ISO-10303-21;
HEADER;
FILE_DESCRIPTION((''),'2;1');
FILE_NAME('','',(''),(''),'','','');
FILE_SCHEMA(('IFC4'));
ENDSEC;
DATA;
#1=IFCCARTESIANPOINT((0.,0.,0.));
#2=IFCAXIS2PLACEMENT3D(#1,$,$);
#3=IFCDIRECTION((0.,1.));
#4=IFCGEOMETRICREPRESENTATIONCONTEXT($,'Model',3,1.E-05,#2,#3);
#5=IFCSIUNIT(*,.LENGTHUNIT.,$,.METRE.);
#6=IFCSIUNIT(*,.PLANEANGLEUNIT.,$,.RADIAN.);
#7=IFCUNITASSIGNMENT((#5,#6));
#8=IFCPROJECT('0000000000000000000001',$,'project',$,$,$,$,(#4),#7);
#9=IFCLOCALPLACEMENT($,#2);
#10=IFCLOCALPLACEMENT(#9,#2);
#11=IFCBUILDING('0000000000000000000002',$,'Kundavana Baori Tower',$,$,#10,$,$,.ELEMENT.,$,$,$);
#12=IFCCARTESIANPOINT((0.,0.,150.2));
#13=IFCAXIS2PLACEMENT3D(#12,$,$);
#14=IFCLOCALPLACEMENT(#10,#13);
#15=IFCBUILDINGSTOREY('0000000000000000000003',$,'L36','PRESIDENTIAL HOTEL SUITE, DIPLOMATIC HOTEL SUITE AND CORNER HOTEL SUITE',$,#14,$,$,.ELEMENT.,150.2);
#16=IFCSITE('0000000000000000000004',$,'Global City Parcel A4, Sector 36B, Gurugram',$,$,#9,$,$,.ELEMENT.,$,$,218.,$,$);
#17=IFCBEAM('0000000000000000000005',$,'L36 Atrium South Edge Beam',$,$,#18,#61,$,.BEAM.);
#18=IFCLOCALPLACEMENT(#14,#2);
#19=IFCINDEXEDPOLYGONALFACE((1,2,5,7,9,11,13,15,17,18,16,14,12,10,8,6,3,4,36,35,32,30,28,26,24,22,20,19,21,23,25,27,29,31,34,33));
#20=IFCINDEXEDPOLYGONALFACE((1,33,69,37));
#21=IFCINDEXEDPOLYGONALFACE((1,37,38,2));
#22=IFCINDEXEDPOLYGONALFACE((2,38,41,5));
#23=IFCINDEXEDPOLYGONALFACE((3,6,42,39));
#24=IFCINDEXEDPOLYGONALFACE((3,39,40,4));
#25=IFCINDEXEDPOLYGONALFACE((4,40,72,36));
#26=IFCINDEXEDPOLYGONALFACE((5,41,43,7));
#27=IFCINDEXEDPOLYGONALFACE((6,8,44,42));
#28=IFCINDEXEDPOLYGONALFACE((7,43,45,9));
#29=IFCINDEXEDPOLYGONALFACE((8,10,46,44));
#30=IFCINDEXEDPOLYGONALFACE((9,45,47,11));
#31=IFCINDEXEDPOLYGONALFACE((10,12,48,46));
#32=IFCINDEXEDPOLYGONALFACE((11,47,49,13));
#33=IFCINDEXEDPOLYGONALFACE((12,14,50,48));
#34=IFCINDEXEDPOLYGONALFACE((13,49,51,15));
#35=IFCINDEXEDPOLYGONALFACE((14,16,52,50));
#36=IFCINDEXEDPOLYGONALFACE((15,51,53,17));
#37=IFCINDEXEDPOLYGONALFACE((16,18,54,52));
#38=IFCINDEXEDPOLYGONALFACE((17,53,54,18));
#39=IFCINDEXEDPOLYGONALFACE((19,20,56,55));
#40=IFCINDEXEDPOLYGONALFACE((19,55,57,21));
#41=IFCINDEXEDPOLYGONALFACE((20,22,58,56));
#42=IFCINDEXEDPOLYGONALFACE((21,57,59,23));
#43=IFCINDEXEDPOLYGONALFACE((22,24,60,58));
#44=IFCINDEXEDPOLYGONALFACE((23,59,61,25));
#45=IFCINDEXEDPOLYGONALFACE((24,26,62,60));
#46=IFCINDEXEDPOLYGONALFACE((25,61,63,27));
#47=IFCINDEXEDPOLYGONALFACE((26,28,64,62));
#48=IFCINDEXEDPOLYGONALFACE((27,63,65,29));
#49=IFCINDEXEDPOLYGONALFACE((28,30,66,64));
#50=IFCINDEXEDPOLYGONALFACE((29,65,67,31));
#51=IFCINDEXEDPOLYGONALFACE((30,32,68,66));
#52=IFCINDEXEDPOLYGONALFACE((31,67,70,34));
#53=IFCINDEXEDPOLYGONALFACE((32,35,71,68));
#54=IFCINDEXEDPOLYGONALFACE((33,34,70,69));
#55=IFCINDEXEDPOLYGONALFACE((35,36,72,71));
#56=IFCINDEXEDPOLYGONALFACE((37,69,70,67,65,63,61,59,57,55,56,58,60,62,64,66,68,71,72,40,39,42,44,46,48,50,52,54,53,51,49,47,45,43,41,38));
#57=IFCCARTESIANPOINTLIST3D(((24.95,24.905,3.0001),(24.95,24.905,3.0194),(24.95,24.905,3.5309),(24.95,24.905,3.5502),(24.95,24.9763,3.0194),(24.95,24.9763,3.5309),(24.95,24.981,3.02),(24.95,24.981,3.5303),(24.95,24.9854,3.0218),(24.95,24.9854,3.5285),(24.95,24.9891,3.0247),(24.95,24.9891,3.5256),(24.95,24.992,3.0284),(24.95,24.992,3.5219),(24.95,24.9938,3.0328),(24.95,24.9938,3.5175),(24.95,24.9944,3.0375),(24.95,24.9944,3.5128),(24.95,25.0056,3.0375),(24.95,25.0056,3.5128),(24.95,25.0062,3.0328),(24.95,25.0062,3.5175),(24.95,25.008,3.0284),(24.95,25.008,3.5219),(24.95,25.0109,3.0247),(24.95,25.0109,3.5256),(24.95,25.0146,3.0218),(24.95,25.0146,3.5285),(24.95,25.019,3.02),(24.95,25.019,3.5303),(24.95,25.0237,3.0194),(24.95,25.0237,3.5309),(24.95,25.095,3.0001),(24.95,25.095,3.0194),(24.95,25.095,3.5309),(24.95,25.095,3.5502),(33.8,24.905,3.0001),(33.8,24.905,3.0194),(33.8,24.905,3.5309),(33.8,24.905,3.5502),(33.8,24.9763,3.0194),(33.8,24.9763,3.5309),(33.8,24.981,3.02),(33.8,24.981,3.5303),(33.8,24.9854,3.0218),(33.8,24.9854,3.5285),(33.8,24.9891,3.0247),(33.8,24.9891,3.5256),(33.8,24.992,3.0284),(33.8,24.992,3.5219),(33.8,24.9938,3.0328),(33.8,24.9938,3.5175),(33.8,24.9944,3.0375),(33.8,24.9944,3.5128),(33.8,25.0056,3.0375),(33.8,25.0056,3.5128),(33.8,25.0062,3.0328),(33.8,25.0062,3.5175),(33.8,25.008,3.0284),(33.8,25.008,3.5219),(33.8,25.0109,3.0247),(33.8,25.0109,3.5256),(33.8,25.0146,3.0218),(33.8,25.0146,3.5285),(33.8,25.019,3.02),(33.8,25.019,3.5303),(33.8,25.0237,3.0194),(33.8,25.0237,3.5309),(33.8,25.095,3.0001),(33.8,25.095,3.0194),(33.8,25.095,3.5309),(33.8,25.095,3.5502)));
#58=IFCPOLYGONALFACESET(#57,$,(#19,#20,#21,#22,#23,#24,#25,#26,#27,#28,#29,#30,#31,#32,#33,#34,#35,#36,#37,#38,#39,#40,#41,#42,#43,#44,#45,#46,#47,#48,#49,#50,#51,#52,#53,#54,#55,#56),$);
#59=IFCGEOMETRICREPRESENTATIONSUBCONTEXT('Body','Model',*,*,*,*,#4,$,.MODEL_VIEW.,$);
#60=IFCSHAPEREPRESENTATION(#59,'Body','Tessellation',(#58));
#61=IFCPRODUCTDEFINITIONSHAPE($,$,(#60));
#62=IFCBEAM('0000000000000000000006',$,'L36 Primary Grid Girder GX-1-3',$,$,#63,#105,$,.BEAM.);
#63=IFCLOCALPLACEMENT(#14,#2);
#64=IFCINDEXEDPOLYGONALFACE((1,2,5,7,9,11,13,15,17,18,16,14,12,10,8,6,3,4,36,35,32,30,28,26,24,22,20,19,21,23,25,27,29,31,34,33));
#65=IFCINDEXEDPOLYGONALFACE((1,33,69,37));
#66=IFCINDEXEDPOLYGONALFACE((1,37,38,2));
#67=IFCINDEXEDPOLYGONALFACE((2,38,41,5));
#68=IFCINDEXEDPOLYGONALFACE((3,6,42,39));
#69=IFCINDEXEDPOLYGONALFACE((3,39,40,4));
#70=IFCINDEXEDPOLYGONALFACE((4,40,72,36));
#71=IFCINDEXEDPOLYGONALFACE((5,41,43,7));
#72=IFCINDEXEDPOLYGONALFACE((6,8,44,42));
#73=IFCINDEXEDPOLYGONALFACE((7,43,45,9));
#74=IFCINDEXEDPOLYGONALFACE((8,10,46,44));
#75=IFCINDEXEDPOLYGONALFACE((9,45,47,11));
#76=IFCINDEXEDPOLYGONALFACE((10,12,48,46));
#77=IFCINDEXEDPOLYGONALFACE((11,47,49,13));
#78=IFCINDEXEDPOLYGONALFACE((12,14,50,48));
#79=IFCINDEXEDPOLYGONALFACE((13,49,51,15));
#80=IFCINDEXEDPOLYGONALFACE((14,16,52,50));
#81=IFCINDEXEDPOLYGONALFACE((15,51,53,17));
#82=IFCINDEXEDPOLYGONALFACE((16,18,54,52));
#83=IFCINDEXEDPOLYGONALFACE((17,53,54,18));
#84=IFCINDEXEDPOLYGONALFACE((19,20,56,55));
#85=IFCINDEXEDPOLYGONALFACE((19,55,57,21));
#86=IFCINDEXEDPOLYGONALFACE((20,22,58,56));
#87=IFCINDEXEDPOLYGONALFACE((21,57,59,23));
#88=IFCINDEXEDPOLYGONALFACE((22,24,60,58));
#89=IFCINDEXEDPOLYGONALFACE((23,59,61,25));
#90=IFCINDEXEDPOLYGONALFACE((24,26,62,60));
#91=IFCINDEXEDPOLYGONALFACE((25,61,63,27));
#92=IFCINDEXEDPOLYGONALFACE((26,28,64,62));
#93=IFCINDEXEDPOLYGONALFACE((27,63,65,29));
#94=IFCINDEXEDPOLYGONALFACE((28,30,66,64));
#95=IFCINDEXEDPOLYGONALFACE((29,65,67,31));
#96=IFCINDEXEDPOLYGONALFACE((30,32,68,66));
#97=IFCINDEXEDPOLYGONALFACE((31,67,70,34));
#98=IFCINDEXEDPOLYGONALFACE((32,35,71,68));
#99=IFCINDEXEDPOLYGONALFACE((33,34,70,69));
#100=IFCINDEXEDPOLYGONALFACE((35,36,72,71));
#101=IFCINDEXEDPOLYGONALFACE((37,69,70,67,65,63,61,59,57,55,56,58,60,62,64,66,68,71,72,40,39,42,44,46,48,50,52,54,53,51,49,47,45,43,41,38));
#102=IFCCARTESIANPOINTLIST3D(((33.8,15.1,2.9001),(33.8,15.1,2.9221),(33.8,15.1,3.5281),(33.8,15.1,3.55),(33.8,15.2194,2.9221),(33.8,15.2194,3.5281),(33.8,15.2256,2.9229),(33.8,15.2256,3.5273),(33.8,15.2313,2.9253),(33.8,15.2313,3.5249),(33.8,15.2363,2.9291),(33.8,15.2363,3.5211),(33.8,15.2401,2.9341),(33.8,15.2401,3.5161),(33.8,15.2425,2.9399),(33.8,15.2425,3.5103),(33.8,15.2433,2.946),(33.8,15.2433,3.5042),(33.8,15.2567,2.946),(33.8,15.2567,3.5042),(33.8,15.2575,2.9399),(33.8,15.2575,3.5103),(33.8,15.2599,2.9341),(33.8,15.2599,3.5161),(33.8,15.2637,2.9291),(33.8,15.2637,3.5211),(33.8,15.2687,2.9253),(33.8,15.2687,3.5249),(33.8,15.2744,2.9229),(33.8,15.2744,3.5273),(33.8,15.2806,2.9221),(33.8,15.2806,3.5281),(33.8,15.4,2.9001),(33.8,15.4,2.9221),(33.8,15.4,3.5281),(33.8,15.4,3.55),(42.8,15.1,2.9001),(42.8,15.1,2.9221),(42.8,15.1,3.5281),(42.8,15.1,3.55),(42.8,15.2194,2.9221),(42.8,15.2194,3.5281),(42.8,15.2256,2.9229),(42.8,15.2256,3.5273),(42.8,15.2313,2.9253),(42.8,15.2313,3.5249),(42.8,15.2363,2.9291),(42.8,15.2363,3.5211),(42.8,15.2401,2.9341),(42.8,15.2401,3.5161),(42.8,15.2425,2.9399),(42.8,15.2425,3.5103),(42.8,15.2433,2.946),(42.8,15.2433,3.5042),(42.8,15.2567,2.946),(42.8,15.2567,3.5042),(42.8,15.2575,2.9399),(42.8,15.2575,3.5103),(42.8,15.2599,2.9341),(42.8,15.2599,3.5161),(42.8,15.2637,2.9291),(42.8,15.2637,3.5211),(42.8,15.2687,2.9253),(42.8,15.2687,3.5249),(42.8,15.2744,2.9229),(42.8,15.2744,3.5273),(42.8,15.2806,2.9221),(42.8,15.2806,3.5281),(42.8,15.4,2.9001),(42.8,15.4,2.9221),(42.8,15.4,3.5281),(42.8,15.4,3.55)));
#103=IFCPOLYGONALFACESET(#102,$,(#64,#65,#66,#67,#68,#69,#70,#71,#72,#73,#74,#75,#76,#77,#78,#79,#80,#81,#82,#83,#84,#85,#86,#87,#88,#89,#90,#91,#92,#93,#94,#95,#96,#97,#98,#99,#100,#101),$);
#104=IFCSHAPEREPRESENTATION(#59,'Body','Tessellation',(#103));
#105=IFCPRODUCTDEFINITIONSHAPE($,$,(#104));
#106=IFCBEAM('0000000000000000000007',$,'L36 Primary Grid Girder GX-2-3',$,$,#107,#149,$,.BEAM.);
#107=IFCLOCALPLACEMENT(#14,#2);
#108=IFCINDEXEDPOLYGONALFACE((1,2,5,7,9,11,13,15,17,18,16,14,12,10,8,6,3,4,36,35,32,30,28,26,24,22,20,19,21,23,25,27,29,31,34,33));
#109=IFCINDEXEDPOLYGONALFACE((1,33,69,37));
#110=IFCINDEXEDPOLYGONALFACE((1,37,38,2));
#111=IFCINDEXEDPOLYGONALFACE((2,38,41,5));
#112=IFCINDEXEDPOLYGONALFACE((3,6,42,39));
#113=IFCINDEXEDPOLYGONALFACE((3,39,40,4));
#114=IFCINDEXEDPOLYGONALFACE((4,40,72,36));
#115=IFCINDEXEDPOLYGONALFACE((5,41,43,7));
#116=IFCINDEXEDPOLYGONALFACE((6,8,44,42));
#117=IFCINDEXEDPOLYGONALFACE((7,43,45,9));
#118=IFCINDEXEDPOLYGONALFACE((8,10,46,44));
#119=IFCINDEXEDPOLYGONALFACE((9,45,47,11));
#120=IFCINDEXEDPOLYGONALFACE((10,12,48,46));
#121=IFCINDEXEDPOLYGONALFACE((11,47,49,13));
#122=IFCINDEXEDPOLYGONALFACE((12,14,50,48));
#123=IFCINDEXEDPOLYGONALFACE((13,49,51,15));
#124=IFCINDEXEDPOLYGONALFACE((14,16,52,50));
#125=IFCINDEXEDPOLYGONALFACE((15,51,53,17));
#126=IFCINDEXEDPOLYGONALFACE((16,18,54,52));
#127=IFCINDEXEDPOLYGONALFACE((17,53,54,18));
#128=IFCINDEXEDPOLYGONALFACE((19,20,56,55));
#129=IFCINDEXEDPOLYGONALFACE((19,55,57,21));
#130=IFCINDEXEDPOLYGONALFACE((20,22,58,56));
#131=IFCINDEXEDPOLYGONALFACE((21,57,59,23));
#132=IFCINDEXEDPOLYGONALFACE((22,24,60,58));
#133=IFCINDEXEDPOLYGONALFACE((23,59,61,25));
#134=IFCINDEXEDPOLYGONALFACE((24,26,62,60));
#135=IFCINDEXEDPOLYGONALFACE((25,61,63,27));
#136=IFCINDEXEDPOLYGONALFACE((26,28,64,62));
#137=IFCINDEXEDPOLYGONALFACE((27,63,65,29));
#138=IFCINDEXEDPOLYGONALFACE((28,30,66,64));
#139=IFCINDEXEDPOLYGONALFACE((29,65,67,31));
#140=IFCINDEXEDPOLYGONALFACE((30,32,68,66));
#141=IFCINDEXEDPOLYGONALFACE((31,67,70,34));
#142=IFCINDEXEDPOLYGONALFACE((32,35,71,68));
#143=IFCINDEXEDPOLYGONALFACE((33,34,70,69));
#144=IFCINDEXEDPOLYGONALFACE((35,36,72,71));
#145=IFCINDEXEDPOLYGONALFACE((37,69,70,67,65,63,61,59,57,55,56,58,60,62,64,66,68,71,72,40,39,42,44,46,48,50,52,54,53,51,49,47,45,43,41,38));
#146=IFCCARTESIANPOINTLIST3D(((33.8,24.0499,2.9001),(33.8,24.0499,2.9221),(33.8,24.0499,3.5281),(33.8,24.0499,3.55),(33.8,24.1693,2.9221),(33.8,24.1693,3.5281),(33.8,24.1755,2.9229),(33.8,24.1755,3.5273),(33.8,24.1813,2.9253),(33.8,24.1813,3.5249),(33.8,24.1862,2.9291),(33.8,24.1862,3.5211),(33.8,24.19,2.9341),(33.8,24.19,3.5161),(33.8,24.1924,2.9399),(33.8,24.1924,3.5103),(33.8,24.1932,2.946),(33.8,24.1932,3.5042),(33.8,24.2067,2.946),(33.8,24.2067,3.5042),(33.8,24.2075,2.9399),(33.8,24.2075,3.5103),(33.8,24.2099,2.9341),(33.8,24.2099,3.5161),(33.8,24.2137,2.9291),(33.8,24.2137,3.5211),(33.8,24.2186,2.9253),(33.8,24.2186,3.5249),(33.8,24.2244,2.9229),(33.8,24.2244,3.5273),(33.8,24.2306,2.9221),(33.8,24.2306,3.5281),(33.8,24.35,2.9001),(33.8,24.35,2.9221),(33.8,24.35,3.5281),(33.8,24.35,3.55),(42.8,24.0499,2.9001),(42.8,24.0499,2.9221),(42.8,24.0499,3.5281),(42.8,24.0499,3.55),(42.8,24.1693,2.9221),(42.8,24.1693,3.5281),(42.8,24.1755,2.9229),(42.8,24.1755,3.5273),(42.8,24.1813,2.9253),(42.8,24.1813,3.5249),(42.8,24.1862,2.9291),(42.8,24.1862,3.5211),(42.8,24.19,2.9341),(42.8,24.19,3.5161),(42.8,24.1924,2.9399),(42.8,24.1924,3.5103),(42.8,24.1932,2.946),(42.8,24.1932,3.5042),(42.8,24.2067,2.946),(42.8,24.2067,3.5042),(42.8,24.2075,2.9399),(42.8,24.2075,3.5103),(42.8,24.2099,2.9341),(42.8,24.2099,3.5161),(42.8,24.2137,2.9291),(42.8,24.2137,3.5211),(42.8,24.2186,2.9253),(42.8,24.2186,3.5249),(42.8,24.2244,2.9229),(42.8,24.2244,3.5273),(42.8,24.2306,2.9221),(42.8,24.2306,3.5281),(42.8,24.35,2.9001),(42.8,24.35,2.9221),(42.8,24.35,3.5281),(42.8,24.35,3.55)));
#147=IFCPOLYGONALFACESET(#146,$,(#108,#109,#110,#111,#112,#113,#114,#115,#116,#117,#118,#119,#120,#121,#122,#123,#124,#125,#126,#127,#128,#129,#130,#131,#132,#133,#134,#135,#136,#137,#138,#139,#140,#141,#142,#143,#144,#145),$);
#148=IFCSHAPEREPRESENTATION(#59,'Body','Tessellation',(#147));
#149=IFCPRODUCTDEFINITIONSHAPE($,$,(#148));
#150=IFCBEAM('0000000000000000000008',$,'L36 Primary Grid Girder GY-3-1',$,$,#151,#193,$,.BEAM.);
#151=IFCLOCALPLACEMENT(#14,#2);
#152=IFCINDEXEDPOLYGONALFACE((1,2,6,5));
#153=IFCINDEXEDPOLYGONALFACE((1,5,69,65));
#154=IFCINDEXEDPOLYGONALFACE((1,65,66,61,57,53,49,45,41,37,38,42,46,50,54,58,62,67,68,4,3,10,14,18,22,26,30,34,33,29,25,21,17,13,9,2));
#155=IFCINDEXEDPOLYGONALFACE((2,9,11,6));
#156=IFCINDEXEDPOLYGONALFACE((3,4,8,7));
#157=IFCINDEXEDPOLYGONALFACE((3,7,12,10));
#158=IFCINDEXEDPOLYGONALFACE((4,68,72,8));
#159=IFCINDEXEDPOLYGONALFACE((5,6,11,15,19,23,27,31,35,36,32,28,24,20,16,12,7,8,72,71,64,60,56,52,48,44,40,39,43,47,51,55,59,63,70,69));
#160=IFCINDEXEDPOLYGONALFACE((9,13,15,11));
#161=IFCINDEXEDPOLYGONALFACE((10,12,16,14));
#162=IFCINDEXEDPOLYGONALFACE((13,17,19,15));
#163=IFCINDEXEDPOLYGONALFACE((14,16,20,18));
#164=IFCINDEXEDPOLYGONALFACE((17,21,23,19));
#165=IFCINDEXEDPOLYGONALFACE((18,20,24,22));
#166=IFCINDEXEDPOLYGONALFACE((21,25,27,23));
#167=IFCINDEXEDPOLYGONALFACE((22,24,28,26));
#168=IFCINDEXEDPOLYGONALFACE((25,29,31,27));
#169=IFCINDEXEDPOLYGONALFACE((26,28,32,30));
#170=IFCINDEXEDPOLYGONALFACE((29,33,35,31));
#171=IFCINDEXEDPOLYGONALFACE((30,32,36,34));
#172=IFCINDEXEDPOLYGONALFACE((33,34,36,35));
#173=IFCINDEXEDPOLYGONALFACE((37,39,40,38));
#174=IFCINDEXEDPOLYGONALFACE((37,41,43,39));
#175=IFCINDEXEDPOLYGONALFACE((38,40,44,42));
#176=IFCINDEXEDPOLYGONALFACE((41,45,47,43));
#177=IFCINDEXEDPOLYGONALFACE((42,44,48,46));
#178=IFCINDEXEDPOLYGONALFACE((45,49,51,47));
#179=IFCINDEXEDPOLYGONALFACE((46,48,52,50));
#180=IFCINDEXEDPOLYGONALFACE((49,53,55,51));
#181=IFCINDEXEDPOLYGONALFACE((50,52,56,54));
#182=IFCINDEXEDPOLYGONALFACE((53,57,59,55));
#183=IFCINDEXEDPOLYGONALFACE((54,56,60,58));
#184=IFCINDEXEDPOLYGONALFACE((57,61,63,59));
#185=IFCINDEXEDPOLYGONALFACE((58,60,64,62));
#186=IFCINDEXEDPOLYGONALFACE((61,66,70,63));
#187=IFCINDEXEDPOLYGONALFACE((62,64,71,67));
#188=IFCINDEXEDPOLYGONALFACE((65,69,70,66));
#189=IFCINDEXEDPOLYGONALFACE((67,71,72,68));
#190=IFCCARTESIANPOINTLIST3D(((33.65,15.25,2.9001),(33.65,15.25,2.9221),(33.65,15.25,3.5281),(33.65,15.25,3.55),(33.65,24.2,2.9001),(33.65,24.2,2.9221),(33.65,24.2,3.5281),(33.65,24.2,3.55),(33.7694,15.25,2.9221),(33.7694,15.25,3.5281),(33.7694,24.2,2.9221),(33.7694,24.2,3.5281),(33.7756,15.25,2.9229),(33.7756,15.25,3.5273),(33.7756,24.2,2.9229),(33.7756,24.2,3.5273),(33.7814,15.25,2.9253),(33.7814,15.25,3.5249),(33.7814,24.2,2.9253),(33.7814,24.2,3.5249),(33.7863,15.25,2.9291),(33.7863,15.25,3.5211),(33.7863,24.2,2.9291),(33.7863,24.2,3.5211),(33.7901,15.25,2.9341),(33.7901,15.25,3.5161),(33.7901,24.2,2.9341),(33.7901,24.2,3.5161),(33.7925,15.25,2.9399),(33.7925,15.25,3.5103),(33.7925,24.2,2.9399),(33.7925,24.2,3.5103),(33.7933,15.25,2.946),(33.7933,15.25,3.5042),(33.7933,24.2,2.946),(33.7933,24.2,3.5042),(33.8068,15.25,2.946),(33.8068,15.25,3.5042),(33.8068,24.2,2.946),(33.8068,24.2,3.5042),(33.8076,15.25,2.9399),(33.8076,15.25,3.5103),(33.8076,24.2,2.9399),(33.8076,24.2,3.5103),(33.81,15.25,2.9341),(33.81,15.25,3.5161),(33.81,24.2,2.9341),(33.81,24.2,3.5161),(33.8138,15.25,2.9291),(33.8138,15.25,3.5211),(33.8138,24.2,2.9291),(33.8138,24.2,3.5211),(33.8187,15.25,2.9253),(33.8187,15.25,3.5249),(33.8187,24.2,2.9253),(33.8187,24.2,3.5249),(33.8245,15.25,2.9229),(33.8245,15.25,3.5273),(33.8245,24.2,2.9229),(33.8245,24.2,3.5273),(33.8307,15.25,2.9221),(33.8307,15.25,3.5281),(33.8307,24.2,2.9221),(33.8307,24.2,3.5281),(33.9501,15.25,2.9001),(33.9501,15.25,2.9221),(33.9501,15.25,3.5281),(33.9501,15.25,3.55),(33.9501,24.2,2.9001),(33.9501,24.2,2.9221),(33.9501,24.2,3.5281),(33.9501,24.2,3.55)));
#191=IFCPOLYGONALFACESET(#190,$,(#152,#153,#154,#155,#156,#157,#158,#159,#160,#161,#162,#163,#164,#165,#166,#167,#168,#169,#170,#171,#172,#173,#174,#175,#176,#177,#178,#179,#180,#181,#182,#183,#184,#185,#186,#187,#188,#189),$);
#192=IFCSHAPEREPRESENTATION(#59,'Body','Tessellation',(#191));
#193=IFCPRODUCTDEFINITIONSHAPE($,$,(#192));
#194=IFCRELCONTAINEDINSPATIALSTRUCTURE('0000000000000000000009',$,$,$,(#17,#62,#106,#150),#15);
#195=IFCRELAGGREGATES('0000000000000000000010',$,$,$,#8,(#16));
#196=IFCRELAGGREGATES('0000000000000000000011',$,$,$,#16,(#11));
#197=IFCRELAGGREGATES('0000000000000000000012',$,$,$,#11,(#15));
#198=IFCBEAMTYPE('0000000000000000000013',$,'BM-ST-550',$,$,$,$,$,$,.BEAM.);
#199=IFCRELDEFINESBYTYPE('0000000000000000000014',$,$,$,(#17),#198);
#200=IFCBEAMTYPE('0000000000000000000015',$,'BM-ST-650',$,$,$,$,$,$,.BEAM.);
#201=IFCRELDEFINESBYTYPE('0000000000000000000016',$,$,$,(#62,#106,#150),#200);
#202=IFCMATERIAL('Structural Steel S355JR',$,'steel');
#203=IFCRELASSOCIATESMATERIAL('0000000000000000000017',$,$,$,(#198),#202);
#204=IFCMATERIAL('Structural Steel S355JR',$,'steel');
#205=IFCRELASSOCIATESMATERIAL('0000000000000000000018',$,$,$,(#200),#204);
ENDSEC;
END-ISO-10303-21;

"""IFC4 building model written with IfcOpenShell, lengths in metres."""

from ifc_helpers import new_model, si_unit, direction, frame, origin, origin_2d, place, context, subcontext, project, spatial, i_section, extrude, material, material_profile, profile_set, type_object, element, save


model = new_model("IFC4")

# Units and contexts
model_context = context("Model", 3, precision=1e-05, world=origin(), true_north=direction((0.0, 1.0)))
body_context = subcontext(model_context, "Body", "Model", "MODEL_VIEW")
ifc_project = project(units=[si_unit("LENGTHUNIT", "METRE"), si_unit("PLANEANGLEUNIT", "RADIAN")], contexts=[model_context])

# Site, building, storey
site_placement = place(None, origin())
site = spatial("IfcSite", under=ifc_project, at=site_placement, Name="Global City Parcel A4, Sector 36B, Gurugram", CompositionType="ELEMENT", RefElevation=218.0)
building_placement = place(site_placement, origin())
building = spatial("IfcBuilding", under=site, at=building_placement, Name="Kundavana Baori Tower", CompositionType="ELEMENT")
storey_placement = place(building_placement, frame((0.0, 0.0, 150.2)))
storey = spatial("IfcBuildingStorey", under=building, at=storey_placement, Name="L36", Description="PRESIDENTIAL HOTEL SUITE, DIPLOMATIC HOTEL SUITE AND CORNER HOTEL SUITE", CompositionType="ELEMENT", Elevation=150.2)

# Beams
ifc_material_1 = material(Name="Structural Steel S355JR", Category="steel")
ifc_material_profile_1 = material_profile(ifc_material_1, i_section(OverallWidth=0.1899, OverallDepth=0.55, WebThickness=0.0112, FlangeThickness=0.0193, FilletRadius=0.0181, at=origin_2d()), Name="ISMB 550")
ifc_profile_set_1 = profile_set([ifc_material_profile_1], Name="Structural Steel S355JR")
beam_type_1 = type_object("IfcBeamType", Name="BM-ST-550", PredefinedType="BEAM", material=ifc_profile_set_1)
beam_1_placement = place(storey_placement, frame((24.95, 25.0, 3.2751), z_axis=(1.0, 0.0, 0.0), x_axis=(0.0, 1.0, 0.0)))
element("IfcBeam", 1, at=beam_1_placement, inside=storey, type_object=beam_type_1, Name="L36 Atrium South Edge Beam", PredefinedType="BEAM", context=body_context, shape_type="SweptSolid", body=[
    extrude(i_section(OverallWidth=0.1899, OverallDepth=0.55, WebThickness=0.0112, FlangeThickness=0.0193, FilletRadius=0.0181, at=origin_2d()), origin(), (0.0, 0.0, 1.0), 8.8501),
])
ifc_material_2 = material(Name="Structural Steel S355JR", Category="steel")
ifc_material_profile_2 = material_profile(ifc_material_2, i_section(OverallWidth=0.3, OverallDepth=0.6499, WebThickness=0.0134, FlangeThickness=0.022, FilletRadius=0.0239, at=origin_2d()), Name="NPB 650x300x155")
ifc_profile_set_2 = profile_set([ifc_material_profile_2], Name="Structural Steel S355JR")
beam_type_2 = type_object("IfcBeamType", Name="BM-ST-650", PredefinedType="BEAM", material=ifc_profile_set_2)
for number, where, z_axis, x_axis, name in (
    (2, (33.8, 15.25, 3.2251), (1.0, 0.0, 0.0), (0.0, 1.0, 0.0), "L36 Primary Grid Girder GX-1-3"),
    (3, (33.8, 24.2, 3.2251), (1.0, 0.0, 0.0), (0.0, 1.0, 0.0), "L36 Primary Grid Girder GX-2-3"),
):
    element("IfcBeam", number, at=place(storey_placement, frame(where, z_axis=z_axis, x_axis=x_axis)), inside=storey, type_object=beam_type_2, Name=name, PredefinedType="BEAM", context=body_context, shape_type="SweptSolid", body=[
        extrude(i_section(OverallWidth=0.3, OverallDepth=0.6499, WebThickness=0.0134, FlangeThickness=0.022, FilletRadius=0.0239, at=origin_2d()), origin(), (0.0, 0.0, 1.0), 9.0),
    ])
beam_2_placement = place(storey_placement, frame((33.8, 15.25, 3.2251), z_axis=(0.0, 1.0, 0.0), x_axis=(-1.0, 0.0, 0.0)))
element("IfcBeam", 4, at=beam_2_placement, inside=storey, type_object=beam_type_2, Name="L36 Primary Grid Girder GY-3-1", PredefinedType="BEAM", context=body_context, shape_type="SweptSolid", body=[
    extrude(i_section(OverallWidth=0.3, OverallDepth=0.6499, WebThickness=0.0134, FlangeThickness=0.022, FilletRadius=0.0239, at=origin_2d()), origin(), (0.0, 0.0, 1.0), 8.95),
])

save(model, "model.ifc")
